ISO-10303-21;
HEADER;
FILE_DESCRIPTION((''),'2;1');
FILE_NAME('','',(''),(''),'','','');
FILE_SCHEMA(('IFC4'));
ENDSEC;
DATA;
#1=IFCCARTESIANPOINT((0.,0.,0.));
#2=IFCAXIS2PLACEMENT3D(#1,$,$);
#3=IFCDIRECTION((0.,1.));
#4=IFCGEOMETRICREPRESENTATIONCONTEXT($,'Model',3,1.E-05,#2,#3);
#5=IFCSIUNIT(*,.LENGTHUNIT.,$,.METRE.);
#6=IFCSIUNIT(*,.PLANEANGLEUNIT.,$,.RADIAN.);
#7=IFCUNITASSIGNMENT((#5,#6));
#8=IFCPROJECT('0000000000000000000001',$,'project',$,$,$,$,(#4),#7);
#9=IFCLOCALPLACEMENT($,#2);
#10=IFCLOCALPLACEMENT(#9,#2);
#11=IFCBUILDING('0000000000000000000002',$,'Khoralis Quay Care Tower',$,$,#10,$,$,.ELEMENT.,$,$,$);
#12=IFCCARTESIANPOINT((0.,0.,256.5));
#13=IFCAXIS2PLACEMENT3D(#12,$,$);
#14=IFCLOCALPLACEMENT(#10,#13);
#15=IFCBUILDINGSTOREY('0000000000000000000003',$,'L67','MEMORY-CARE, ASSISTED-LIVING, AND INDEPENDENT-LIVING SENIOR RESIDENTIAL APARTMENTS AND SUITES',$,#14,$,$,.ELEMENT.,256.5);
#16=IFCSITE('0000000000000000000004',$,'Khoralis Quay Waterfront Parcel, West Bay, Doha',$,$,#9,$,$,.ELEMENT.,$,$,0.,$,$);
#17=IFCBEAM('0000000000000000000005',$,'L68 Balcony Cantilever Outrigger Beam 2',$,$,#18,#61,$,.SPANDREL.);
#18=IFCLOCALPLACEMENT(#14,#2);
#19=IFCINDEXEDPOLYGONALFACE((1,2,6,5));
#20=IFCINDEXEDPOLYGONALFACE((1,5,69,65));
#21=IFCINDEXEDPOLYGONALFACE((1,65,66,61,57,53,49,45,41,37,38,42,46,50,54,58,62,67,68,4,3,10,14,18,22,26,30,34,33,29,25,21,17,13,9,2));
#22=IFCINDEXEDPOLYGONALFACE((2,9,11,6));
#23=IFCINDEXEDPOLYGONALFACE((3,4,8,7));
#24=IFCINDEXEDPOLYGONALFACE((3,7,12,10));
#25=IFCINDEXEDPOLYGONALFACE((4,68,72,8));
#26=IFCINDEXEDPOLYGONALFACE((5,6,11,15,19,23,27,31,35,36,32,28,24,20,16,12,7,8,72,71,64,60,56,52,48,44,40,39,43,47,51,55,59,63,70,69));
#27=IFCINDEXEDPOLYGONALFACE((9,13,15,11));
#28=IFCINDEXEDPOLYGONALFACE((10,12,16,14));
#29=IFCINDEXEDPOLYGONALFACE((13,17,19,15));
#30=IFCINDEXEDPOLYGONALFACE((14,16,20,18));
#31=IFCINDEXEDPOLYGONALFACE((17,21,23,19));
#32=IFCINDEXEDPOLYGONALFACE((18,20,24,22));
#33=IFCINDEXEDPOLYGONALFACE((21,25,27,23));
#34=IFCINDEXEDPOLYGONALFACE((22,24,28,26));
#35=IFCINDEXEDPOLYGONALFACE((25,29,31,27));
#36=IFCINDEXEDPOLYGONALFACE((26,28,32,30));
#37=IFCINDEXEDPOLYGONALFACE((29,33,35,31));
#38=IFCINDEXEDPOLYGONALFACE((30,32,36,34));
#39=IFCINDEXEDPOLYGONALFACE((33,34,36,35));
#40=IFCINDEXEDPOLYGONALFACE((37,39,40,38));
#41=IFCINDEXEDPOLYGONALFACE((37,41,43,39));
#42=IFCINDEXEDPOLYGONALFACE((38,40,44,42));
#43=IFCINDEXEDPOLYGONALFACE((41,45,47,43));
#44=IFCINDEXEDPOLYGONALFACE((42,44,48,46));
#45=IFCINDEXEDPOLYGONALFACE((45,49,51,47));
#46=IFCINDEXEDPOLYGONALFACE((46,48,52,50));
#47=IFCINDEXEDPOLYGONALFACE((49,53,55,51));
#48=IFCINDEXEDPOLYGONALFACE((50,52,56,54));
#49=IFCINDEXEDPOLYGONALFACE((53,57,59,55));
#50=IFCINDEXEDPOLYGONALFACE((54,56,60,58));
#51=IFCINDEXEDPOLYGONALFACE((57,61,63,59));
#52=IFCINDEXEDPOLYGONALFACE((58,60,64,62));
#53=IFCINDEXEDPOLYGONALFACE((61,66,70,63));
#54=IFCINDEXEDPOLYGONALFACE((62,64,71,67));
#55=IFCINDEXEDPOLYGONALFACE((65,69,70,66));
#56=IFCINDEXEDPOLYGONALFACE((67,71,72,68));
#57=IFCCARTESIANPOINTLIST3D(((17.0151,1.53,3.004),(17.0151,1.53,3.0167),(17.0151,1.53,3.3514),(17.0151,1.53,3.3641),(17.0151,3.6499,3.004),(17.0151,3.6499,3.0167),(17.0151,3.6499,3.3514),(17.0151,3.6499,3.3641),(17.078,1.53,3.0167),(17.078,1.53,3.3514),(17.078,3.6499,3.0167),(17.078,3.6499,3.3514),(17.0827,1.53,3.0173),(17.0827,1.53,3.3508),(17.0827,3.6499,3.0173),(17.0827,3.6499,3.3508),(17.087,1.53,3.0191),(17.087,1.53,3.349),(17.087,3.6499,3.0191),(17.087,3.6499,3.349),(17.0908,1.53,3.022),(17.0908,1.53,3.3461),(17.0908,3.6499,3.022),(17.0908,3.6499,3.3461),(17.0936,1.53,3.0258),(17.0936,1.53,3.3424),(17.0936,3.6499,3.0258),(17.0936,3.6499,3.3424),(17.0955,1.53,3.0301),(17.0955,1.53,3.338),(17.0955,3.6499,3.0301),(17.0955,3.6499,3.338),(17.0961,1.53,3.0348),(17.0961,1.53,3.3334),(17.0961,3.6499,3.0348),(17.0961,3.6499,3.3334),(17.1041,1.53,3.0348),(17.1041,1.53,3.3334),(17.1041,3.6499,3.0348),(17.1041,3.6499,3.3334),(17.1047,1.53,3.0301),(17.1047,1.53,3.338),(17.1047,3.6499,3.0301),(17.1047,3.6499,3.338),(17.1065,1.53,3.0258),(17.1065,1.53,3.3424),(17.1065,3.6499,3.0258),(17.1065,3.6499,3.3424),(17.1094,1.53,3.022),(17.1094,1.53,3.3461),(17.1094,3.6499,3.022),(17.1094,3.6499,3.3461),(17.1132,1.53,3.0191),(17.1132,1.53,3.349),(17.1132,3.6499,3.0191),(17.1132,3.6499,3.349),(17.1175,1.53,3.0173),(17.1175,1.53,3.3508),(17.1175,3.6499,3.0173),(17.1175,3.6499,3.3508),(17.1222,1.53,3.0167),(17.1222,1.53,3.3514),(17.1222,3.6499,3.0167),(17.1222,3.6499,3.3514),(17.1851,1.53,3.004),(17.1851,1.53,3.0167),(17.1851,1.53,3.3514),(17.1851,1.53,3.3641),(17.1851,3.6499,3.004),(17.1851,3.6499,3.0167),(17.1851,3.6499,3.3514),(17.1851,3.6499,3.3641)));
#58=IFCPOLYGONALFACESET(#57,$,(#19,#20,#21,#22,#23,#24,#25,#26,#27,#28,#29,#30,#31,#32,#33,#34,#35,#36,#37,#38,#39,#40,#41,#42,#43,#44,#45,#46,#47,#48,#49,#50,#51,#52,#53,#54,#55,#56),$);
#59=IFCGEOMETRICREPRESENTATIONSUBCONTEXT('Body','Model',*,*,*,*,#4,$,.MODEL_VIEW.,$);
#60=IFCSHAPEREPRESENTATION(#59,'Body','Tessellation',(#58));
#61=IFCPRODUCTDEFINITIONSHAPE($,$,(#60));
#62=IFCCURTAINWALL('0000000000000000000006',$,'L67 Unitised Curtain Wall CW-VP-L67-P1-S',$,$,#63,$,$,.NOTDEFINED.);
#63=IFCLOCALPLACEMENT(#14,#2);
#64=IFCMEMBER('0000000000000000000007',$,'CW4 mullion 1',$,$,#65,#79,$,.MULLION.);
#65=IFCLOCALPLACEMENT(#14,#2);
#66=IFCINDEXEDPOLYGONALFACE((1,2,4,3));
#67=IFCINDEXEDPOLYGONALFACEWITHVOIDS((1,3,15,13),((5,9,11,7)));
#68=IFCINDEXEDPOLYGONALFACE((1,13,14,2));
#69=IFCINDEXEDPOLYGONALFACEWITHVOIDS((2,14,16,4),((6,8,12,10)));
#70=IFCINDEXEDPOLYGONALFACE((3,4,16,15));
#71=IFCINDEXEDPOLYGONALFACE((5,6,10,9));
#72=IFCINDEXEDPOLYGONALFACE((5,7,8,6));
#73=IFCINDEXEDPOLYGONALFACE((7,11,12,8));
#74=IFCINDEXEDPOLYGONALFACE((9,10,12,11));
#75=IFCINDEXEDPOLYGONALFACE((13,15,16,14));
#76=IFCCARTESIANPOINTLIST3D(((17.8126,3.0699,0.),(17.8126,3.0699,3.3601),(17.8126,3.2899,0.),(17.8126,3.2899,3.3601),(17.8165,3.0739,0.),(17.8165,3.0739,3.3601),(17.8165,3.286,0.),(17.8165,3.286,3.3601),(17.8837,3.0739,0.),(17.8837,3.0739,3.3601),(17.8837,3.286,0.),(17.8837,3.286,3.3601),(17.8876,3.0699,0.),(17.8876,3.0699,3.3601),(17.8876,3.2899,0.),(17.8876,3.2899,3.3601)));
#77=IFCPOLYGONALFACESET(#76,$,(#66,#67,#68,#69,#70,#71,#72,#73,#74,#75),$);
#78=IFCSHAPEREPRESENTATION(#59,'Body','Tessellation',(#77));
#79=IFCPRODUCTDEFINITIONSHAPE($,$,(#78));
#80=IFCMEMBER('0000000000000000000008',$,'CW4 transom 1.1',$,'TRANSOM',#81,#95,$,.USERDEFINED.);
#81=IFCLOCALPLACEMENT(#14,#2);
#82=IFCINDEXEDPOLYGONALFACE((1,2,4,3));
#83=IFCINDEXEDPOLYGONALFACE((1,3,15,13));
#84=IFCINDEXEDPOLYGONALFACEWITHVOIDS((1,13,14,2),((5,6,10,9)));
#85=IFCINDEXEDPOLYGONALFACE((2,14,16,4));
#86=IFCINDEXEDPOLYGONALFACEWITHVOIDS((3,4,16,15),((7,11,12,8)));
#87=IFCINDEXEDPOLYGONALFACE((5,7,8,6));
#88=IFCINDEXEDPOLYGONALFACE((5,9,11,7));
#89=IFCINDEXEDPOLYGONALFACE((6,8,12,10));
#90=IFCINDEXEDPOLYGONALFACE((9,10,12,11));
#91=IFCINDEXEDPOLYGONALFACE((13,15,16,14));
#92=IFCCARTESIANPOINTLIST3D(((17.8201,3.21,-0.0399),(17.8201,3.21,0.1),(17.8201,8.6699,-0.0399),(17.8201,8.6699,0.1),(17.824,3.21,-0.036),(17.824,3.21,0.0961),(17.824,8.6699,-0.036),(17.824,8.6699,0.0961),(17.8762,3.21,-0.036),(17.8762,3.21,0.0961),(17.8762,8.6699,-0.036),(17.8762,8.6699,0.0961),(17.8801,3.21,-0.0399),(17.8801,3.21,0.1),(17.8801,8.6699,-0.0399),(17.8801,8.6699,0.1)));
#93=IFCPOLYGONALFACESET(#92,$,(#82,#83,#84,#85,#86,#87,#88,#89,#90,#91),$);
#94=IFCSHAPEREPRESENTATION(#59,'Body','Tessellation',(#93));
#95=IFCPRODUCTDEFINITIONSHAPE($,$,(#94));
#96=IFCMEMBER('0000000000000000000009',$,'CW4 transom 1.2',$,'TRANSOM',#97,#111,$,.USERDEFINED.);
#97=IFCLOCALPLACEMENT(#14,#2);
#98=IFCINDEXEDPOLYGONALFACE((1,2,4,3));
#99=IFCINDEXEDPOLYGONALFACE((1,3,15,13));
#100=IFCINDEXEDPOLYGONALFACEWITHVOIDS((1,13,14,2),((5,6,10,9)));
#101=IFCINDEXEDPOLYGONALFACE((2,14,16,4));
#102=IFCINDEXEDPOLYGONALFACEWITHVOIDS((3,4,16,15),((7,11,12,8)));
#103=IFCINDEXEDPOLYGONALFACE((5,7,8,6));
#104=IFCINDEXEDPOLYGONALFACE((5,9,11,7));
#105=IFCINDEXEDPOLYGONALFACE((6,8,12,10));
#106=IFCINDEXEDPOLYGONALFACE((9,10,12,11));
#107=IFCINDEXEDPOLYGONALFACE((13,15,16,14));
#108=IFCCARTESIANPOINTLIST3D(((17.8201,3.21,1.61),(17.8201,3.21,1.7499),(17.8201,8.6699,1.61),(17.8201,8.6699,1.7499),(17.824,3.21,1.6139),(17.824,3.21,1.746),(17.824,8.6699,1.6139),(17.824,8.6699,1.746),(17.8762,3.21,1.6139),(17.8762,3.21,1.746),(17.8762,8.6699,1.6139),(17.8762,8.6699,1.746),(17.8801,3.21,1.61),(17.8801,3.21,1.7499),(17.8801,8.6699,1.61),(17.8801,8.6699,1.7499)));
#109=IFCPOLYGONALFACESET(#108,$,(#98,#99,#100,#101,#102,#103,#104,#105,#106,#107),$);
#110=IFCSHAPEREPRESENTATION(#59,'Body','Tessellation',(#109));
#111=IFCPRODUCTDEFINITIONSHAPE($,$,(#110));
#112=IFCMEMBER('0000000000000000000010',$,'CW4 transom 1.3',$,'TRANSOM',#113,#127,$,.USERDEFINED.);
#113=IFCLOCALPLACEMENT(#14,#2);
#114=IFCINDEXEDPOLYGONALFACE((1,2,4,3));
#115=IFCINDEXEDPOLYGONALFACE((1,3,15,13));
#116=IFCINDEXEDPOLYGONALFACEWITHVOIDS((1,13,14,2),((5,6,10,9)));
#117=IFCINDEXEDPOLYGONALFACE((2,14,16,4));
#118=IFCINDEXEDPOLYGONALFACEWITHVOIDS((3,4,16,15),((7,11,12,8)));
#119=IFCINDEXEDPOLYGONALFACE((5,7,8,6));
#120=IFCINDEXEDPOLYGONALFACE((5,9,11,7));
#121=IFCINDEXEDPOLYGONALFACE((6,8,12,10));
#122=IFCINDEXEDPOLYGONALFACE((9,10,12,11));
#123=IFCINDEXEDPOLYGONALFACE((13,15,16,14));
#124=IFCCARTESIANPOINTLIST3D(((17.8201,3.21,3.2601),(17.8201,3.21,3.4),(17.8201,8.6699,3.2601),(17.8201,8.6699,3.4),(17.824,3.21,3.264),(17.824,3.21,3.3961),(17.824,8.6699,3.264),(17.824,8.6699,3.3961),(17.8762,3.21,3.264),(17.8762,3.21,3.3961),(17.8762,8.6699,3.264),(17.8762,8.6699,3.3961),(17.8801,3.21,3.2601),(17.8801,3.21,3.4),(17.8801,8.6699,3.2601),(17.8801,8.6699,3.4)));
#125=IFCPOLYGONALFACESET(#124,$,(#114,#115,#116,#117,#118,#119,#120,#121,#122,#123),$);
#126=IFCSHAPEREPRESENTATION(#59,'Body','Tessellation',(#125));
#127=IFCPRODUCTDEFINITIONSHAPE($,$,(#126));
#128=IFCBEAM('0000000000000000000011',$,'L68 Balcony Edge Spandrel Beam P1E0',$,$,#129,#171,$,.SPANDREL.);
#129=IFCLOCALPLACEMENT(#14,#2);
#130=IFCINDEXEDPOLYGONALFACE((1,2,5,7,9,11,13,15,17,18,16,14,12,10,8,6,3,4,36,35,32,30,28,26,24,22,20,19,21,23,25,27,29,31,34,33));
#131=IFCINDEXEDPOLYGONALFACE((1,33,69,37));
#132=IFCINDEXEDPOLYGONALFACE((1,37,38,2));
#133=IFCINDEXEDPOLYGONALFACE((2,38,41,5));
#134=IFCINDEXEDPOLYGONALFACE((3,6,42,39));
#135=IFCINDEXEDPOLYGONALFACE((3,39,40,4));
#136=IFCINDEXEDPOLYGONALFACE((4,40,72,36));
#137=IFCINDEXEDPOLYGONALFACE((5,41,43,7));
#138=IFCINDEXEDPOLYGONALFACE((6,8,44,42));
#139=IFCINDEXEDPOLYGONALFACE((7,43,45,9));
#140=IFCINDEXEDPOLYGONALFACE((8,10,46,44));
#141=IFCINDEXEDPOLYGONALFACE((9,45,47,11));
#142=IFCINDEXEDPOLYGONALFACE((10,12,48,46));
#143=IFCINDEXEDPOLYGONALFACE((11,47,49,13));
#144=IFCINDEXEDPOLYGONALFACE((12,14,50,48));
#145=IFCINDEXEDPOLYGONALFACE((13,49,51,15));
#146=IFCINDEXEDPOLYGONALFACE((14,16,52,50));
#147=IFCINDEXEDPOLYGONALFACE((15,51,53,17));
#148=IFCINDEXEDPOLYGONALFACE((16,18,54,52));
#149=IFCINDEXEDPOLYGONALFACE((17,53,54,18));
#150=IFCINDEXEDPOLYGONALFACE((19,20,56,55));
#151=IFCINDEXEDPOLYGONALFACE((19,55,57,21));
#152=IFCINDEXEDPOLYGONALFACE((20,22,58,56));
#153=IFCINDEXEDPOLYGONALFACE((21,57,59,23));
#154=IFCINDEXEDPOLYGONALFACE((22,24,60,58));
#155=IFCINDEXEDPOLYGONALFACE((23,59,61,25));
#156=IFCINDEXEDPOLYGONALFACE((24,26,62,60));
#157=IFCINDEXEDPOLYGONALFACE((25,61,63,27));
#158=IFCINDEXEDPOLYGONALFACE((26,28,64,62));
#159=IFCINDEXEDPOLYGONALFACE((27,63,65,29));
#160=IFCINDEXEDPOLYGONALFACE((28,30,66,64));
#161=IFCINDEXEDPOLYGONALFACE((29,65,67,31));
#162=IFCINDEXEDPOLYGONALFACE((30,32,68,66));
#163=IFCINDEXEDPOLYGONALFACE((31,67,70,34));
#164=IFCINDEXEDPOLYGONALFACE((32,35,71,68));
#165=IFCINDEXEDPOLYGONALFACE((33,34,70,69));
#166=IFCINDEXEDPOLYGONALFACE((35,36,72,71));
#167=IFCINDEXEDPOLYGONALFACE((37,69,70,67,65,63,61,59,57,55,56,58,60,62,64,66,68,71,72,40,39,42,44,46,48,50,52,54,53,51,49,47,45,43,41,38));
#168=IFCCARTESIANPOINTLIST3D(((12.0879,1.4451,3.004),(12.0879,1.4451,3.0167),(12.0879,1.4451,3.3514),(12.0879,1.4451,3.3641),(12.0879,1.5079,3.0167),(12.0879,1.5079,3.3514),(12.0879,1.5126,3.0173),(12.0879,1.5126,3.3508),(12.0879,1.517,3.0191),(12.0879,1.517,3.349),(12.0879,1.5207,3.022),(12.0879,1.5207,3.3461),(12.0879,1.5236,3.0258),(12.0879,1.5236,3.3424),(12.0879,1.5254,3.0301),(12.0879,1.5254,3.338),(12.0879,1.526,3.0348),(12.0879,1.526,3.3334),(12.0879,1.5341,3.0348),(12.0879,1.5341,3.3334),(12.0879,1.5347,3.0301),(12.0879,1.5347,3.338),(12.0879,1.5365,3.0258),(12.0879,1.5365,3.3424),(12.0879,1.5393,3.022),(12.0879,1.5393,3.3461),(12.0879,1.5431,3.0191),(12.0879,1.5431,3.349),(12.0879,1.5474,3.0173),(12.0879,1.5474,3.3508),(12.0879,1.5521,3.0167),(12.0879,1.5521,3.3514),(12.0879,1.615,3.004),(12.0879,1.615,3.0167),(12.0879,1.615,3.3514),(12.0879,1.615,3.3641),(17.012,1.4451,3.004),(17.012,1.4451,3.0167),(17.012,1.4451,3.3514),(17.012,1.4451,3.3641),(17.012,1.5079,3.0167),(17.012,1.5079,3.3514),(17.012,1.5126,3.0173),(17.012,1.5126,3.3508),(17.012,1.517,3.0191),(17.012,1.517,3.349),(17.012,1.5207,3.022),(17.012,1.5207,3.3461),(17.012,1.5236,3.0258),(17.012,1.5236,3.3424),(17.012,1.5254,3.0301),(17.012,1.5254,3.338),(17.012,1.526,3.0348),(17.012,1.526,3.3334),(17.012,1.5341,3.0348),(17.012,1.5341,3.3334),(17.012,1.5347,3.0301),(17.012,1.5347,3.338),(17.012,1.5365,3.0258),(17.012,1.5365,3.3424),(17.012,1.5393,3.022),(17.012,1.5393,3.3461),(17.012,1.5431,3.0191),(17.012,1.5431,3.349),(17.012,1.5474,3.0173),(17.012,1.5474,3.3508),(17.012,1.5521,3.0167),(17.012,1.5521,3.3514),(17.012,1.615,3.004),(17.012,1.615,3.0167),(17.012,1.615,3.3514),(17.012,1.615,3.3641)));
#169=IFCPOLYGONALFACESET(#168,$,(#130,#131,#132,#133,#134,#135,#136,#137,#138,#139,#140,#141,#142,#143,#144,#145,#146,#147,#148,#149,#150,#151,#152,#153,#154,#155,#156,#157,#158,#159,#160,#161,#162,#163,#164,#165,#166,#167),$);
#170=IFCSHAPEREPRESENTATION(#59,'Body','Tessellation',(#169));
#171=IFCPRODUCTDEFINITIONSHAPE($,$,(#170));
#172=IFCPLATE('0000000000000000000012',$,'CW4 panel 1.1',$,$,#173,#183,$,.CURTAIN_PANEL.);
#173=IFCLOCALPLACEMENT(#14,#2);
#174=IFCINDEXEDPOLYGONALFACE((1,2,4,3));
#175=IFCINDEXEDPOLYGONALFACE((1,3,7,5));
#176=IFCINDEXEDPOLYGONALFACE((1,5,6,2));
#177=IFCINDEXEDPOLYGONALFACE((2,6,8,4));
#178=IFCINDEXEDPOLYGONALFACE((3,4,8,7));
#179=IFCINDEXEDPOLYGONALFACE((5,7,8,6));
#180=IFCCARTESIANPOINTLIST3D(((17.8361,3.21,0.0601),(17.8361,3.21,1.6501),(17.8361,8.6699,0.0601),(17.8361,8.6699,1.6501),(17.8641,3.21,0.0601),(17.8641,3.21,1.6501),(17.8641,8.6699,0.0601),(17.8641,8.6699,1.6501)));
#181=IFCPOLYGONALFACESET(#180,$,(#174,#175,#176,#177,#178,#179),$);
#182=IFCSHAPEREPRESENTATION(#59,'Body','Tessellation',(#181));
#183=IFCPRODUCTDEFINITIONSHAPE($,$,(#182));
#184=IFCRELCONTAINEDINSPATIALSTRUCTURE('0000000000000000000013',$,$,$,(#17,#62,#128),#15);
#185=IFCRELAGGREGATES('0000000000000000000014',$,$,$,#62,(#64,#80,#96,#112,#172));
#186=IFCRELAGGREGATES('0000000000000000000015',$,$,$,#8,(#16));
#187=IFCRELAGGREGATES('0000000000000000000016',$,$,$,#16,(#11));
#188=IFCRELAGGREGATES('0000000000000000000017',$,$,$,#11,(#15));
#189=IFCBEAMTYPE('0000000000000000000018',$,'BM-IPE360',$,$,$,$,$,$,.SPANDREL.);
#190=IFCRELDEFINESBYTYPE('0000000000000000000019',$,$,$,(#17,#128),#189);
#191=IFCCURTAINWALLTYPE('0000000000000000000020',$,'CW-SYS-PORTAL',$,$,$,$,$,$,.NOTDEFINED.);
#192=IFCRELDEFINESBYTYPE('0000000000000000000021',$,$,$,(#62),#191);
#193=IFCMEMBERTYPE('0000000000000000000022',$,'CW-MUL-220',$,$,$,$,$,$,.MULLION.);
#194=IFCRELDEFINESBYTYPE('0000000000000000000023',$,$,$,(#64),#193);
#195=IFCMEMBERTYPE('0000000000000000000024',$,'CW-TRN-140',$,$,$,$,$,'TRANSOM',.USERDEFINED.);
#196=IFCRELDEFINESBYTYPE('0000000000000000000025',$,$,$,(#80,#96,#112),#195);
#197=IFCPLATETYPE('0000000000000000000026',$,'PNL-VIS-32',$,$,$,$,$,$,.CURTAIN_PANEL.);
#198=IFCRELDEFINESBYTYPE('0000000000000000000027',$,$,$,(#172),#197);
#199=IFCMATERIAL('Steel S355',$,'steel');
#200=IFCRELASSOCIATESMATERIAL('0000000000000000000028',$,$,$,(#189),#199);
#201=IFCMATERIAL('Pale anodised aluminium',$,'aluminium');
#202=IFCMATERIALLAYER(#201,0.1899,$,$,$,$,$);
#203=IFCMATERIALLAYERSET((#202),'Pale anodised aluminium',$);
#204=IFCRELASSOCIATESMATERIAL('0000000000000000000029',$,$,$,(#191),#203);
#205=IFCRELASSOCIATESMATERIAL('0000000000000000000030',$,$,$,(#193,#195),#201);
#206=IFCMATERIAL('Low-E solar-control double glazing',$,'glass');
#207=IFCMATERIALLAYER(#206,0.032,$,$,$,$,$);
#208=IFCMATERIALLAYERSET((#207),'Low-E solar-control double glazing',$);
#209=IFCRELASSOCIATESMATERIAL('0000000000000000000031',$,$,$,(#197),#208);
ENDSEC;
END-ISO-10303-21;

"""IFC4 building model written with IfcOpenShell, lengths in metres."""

from ifc_helpers import new_model, si_unit, direction, frame, origin, origin_2d, place, context, subcontext, project, spatial, rectangle, hollow_rectangle, i_section, extrude, source, transform, mapped, material, layer, layer_set, material_profile, profile_set, type_object, element, aggregate, save


model = new_model("IFC4")

# Units and contexts
model_context = context("Model", 3, precision=1e-05, world=origin(), true_north=direction((0.0, 1.0)))
body_context = subcontext(model_context, "Body", "Model", "MODEL_VIEW")
ifc_project = project(units=[si_unit("LENGTHUNIT", "METRE"), si_unit("PLANEANGLEUNIT", "RADIAN")], contexts=[model_context])

# Site, building, storey
site_placement = place(None, origin())
site = spatial("IfcSite", under=ifc_project, at=site_placement, Name="Khoralis Quay Waterfront Parcel, West Bay, Doha", CompositionType="ELEMENT", RefElevation=0.0)
building_placement = place(site_placement, origin())
building = spatial("IfcBuilding", under=site, at=building_placement, Name="Khoralis Quay Care Tower", CompositionType="ELEMENT")
storey_placement = place(building_placement, frame((0.0, 0.0, 256.5)))
storey = spatial("IfcBuildingStorey", under=building, at=storey_placement, Name="L67", Description="MEMORY-CARE, ASSISTED-LIVING, AND INDEPENDENT-LIVING SENIOR RESIDENTIAL APARTMENTS AND SUITES", CompositionType="ELEMENT", Elevation=256.5)

# Beam
ifc_material_1 = material(Name="Steel S355", Category="steel")
ifc_material_profile_1 = material_profile(ifc_material_1, i_section(OverallWidth=0.1699, OverallDepth=0.3601, WebThickness=0.0081, FlangeThickness=0.0127, FilletRadius=0.0181, at=origin_2d()), Name="Steel S355")
ifc_profile_set_1 = profile_set([ifc_material_profile_1], Name="Steel S355")
beam_type_1 = type_object("IfcBeamType", Name="BM-IPE360", PredefinedType="SPANDREL", material=ifc_profile_set_1)
shared_shape_1 = source(origin(), body_context, "Body", "SweptSolid", [
    extrude(i_section(OverallWidth=0.1699, OverallDepth=0.3601, WebThickness=0.0081, FlangeThickness=0.0127, FilletRadius=0.0181, at=origin_2d()), origin(), (0.0, 0.0, 1.0), 2.1199),
])
beam_1_placement = place(storey_placement, frame((17.1001, 3.6499, 3.1841), z_axis=(0.0, -1.0, 0.0), x_axis=(1.0, 0.0, 0.0)))
element("IfcBeam", 1, at=beam_1_placement, inside=storey, type_object=beam_type_1, Name="L68 Balcony Cantilever Outrigger Beam 2", PredefinedType="SPANDREL", context=body_context, shape_type="MappedRepresentation", body=[
    mapped(shared_shape_1, transform((0.0, 0.0, 0.0), scale=1.0)),
])

# Curtain wall, members
ifc_material_2 = material(Name="Pale anodised aluminium", Category="aluminium")
ifc_layer_1 = layer(ifc_material_2, 0.1899)
ifc_layer_set_1 = layer_set([ifc_layer_1], Name="Pale anodised aluminium")
curtain_wall_type = type_object("IfcCurtainWallType", Name="CW-SYS-PORTAL", PredefinedType="NOTDEFINED", material=ifc_layer_set_1)
curtain_wall_placement = place(storey_placement, origin())
curtain_wall = element("IfcCurtainWall", 2, at=curtain_wall_placement, inside=storey, type_object=curtain_wall_type, Name="L67 Unitised Curtain Wall CW-VP-L67-P1-S", PredefinedType="NOTDEFINED")
ifc_material_profile_2 = material_profile(ifc_material_2, hollow_rectangle(XDim=0.075, YDim=0.22, WallThickness=0.0039, at=origin_2d()), Name="Pale anodised aluminium")
ifc_profile_set_2 = profile_set([ifc_material_profile_2], Name="Pale anodised aluminium")
member_type_1 = type_object("IfcMemberType", Name="CW-MUL-220", PredefinedType="MULLION", material=ifc_profile_set_2)
shared_shape_2 = source(origin(), body_context, "Body", "SweptSolid", [
    extrude(hollow_rectangle(XDim=0.075, YDim=0.22, WallThickness=0.0039, at=origin_2d()), origin(), (0.0, 0.0, 1.0), 3.3601),
])
member_1_placement = place(storey_placement, frame((17.8501, 3.1799, 0.0), z_axis=(0.0, 0.0, 1.0), x_axis=(-1.0, 0.0, 0.0)))
member_1 = element("IfcMember", 3, at=member_1_placement, type_object=member_type_1, Name="CW4 mullion 1", PredefinedType="MULLION", context=body_context, shape_type="MappedRepresentation", body=[
    mapped(shared_shape_2, transform((0.0, 0.0, 0.0), scale=1.0)),
])
ifc_material_profile_3 = material_profile(ifc_material_2, hollow_rectangle(XDim=0.0601, YDim=0.1399, WallThickness=0.0039, at=origin_2d()), Name="Pale anodised aluminium")
ifc_profile_set_3 = profile_set([ifc_material_profile_3], Name="Pale anodised aluminium")
member_type_2 = type_object("IfcMemberType", Name="CW-TRN-140", ElementType="TRANSOM", PredefinedType="USERDEFINED", material=ifc_profile_set_3)
shared_shape_3 = source(origin(), body_context, "Body", "SweptSolid", [
    extrude(hollow_rectangle(XDim=0.0601, YDim=0.1399, WallThickness=0.0039, at=origin_2d()), origin(), (0.0, 0.0, 1.0), 5.46),
])
member_2_placement = place(storey_placement, frame((17.8501, 3.21, 0.03), z_axis=(0.0, 1.0, 0.0), x_axis=(-1.0, 0.0, 0.0)))
member_2 = element("IfcMember", 4, at=member_2_placement, type_object=member_type_2, Name="CW4 transom 1.1", ObjectType="TRANSOM", PredefinedType="USERDEFINED", context=body_context, shape_type="MappedRepresentation", body=[
    mapped(shared_shape_3, transform((0.0, 0.0, 0.0), scale=1.0)),
])
member_3_placement = place(storey_placement, frame((17.8501, 3.21, 1.6799), z_axis=(0.0, 1.0, 0.0), x_axis=(-1.0, 0.0, 0.0)))
member_3 = element("IfcMember", 5, at=member_3_placement, type_object=member_type_2, Name="CW4 transom 1.2", ObjectType="TRANSOM", PredefinedType="USERDEFINED", context=body_context, shape_type="MappedRepresentation", body=[
    mapped(shared_shape_3, transform((0.0, 0.0, 0.0), scale=1.0)),
])
member_4_placement = place(storey_placement, frame((17.8501, 3.21, 3.3301), z_axis=(0.0, 1.0, 0.0), x_axis=(-1.0, 0.0, 0.0)))
member_4 = element("IfcMember", 6, at=member_4_placement, type_object=member_type_2, Name="CW4 transom 1.3", ObjectType="TRANSOM", PredefinedType="USERDEFINED", context=body_context, shape_type="MappedRepresentation", body=[
    mapped(shared_shape_3, transform((0.0, 0.0, 0.0), scale=1.0)),
])

# Beam
shared_shape_4 = source(origin(), body_context, "Body", "SweptSolid", [
    extrude(i_section(OverallWidth=0.1699, OverallDepth=0.3601, WebThickness=0.0081, FlangeThickness=0.0127, FilletRadius=0.0181, at=origin_2d()), origin(), (0.0, 0.0, 1.0), 4.9241),
])
beam_2_placement = place(storey_placement, frame((12.0879, 1.53, 3.1841), z_axis=(1.0, 0.0, 0.0), x_axis=(0.0, 1.0, 0.0)))
element("IfcBeam", 7, at=beam_2_placement, inside=storey, type_object=beam_type_1, Name="L68 Balcony Edge Spandrel Beam P1E0", PredefinedType="SPANDREL", context=body_context, shape_type="MappedRepresentation", body=[
    mapped(shared_shape_4, transform((0.0, 0.0, 0.0), scale=1.0)),
])

# Plate
ifc_material_3 = material(Name="Low-E solar-control double glazing", Category="glass")
ifc_layer_2 = layer(ifc_material_3, 0.032)
ifc_layer_set_2 = layer_set([ifc_layer_2], Name="Low-E solar-control double glazing")
plate_type = type_object("IfcPlateType", Name="PNL-VIS-32", PredefinedType="CURTAIN_PANEL", material=ifc_layer_set_2)
shared_shape_5 = source(origin(), body_context, "Body", "SweptSolid", [
    extrude(rectangle(XDim=5.46, YDim=0.0281, at=origin_2d()), origin(), (0.0, 0.0, 1.0), 1.5901),
])
plate_placement = place(storey_placement, frame((17.8501, 5.9399, 0.0601), z_axis=(0.0, 0.0, 1.0), x_axis=(0.0, 1.0, 0.0)))
plate = element("IfcPlate", 8, at=plate_placement, type_object=plate_type, Name="CW4 panel 1.1", PredefinedType="CURTAIN_PANEL", context=body_context, shape_type="MappedRepresentation", body=[
    mapped(shared_shape_5, transform((0.0, 0.0, 0.0), scale=1.0)),
])
aggregate(curtain_wall, [member_1, member_2, member_3, member_4, plate])

save(model, "model.ifc")
